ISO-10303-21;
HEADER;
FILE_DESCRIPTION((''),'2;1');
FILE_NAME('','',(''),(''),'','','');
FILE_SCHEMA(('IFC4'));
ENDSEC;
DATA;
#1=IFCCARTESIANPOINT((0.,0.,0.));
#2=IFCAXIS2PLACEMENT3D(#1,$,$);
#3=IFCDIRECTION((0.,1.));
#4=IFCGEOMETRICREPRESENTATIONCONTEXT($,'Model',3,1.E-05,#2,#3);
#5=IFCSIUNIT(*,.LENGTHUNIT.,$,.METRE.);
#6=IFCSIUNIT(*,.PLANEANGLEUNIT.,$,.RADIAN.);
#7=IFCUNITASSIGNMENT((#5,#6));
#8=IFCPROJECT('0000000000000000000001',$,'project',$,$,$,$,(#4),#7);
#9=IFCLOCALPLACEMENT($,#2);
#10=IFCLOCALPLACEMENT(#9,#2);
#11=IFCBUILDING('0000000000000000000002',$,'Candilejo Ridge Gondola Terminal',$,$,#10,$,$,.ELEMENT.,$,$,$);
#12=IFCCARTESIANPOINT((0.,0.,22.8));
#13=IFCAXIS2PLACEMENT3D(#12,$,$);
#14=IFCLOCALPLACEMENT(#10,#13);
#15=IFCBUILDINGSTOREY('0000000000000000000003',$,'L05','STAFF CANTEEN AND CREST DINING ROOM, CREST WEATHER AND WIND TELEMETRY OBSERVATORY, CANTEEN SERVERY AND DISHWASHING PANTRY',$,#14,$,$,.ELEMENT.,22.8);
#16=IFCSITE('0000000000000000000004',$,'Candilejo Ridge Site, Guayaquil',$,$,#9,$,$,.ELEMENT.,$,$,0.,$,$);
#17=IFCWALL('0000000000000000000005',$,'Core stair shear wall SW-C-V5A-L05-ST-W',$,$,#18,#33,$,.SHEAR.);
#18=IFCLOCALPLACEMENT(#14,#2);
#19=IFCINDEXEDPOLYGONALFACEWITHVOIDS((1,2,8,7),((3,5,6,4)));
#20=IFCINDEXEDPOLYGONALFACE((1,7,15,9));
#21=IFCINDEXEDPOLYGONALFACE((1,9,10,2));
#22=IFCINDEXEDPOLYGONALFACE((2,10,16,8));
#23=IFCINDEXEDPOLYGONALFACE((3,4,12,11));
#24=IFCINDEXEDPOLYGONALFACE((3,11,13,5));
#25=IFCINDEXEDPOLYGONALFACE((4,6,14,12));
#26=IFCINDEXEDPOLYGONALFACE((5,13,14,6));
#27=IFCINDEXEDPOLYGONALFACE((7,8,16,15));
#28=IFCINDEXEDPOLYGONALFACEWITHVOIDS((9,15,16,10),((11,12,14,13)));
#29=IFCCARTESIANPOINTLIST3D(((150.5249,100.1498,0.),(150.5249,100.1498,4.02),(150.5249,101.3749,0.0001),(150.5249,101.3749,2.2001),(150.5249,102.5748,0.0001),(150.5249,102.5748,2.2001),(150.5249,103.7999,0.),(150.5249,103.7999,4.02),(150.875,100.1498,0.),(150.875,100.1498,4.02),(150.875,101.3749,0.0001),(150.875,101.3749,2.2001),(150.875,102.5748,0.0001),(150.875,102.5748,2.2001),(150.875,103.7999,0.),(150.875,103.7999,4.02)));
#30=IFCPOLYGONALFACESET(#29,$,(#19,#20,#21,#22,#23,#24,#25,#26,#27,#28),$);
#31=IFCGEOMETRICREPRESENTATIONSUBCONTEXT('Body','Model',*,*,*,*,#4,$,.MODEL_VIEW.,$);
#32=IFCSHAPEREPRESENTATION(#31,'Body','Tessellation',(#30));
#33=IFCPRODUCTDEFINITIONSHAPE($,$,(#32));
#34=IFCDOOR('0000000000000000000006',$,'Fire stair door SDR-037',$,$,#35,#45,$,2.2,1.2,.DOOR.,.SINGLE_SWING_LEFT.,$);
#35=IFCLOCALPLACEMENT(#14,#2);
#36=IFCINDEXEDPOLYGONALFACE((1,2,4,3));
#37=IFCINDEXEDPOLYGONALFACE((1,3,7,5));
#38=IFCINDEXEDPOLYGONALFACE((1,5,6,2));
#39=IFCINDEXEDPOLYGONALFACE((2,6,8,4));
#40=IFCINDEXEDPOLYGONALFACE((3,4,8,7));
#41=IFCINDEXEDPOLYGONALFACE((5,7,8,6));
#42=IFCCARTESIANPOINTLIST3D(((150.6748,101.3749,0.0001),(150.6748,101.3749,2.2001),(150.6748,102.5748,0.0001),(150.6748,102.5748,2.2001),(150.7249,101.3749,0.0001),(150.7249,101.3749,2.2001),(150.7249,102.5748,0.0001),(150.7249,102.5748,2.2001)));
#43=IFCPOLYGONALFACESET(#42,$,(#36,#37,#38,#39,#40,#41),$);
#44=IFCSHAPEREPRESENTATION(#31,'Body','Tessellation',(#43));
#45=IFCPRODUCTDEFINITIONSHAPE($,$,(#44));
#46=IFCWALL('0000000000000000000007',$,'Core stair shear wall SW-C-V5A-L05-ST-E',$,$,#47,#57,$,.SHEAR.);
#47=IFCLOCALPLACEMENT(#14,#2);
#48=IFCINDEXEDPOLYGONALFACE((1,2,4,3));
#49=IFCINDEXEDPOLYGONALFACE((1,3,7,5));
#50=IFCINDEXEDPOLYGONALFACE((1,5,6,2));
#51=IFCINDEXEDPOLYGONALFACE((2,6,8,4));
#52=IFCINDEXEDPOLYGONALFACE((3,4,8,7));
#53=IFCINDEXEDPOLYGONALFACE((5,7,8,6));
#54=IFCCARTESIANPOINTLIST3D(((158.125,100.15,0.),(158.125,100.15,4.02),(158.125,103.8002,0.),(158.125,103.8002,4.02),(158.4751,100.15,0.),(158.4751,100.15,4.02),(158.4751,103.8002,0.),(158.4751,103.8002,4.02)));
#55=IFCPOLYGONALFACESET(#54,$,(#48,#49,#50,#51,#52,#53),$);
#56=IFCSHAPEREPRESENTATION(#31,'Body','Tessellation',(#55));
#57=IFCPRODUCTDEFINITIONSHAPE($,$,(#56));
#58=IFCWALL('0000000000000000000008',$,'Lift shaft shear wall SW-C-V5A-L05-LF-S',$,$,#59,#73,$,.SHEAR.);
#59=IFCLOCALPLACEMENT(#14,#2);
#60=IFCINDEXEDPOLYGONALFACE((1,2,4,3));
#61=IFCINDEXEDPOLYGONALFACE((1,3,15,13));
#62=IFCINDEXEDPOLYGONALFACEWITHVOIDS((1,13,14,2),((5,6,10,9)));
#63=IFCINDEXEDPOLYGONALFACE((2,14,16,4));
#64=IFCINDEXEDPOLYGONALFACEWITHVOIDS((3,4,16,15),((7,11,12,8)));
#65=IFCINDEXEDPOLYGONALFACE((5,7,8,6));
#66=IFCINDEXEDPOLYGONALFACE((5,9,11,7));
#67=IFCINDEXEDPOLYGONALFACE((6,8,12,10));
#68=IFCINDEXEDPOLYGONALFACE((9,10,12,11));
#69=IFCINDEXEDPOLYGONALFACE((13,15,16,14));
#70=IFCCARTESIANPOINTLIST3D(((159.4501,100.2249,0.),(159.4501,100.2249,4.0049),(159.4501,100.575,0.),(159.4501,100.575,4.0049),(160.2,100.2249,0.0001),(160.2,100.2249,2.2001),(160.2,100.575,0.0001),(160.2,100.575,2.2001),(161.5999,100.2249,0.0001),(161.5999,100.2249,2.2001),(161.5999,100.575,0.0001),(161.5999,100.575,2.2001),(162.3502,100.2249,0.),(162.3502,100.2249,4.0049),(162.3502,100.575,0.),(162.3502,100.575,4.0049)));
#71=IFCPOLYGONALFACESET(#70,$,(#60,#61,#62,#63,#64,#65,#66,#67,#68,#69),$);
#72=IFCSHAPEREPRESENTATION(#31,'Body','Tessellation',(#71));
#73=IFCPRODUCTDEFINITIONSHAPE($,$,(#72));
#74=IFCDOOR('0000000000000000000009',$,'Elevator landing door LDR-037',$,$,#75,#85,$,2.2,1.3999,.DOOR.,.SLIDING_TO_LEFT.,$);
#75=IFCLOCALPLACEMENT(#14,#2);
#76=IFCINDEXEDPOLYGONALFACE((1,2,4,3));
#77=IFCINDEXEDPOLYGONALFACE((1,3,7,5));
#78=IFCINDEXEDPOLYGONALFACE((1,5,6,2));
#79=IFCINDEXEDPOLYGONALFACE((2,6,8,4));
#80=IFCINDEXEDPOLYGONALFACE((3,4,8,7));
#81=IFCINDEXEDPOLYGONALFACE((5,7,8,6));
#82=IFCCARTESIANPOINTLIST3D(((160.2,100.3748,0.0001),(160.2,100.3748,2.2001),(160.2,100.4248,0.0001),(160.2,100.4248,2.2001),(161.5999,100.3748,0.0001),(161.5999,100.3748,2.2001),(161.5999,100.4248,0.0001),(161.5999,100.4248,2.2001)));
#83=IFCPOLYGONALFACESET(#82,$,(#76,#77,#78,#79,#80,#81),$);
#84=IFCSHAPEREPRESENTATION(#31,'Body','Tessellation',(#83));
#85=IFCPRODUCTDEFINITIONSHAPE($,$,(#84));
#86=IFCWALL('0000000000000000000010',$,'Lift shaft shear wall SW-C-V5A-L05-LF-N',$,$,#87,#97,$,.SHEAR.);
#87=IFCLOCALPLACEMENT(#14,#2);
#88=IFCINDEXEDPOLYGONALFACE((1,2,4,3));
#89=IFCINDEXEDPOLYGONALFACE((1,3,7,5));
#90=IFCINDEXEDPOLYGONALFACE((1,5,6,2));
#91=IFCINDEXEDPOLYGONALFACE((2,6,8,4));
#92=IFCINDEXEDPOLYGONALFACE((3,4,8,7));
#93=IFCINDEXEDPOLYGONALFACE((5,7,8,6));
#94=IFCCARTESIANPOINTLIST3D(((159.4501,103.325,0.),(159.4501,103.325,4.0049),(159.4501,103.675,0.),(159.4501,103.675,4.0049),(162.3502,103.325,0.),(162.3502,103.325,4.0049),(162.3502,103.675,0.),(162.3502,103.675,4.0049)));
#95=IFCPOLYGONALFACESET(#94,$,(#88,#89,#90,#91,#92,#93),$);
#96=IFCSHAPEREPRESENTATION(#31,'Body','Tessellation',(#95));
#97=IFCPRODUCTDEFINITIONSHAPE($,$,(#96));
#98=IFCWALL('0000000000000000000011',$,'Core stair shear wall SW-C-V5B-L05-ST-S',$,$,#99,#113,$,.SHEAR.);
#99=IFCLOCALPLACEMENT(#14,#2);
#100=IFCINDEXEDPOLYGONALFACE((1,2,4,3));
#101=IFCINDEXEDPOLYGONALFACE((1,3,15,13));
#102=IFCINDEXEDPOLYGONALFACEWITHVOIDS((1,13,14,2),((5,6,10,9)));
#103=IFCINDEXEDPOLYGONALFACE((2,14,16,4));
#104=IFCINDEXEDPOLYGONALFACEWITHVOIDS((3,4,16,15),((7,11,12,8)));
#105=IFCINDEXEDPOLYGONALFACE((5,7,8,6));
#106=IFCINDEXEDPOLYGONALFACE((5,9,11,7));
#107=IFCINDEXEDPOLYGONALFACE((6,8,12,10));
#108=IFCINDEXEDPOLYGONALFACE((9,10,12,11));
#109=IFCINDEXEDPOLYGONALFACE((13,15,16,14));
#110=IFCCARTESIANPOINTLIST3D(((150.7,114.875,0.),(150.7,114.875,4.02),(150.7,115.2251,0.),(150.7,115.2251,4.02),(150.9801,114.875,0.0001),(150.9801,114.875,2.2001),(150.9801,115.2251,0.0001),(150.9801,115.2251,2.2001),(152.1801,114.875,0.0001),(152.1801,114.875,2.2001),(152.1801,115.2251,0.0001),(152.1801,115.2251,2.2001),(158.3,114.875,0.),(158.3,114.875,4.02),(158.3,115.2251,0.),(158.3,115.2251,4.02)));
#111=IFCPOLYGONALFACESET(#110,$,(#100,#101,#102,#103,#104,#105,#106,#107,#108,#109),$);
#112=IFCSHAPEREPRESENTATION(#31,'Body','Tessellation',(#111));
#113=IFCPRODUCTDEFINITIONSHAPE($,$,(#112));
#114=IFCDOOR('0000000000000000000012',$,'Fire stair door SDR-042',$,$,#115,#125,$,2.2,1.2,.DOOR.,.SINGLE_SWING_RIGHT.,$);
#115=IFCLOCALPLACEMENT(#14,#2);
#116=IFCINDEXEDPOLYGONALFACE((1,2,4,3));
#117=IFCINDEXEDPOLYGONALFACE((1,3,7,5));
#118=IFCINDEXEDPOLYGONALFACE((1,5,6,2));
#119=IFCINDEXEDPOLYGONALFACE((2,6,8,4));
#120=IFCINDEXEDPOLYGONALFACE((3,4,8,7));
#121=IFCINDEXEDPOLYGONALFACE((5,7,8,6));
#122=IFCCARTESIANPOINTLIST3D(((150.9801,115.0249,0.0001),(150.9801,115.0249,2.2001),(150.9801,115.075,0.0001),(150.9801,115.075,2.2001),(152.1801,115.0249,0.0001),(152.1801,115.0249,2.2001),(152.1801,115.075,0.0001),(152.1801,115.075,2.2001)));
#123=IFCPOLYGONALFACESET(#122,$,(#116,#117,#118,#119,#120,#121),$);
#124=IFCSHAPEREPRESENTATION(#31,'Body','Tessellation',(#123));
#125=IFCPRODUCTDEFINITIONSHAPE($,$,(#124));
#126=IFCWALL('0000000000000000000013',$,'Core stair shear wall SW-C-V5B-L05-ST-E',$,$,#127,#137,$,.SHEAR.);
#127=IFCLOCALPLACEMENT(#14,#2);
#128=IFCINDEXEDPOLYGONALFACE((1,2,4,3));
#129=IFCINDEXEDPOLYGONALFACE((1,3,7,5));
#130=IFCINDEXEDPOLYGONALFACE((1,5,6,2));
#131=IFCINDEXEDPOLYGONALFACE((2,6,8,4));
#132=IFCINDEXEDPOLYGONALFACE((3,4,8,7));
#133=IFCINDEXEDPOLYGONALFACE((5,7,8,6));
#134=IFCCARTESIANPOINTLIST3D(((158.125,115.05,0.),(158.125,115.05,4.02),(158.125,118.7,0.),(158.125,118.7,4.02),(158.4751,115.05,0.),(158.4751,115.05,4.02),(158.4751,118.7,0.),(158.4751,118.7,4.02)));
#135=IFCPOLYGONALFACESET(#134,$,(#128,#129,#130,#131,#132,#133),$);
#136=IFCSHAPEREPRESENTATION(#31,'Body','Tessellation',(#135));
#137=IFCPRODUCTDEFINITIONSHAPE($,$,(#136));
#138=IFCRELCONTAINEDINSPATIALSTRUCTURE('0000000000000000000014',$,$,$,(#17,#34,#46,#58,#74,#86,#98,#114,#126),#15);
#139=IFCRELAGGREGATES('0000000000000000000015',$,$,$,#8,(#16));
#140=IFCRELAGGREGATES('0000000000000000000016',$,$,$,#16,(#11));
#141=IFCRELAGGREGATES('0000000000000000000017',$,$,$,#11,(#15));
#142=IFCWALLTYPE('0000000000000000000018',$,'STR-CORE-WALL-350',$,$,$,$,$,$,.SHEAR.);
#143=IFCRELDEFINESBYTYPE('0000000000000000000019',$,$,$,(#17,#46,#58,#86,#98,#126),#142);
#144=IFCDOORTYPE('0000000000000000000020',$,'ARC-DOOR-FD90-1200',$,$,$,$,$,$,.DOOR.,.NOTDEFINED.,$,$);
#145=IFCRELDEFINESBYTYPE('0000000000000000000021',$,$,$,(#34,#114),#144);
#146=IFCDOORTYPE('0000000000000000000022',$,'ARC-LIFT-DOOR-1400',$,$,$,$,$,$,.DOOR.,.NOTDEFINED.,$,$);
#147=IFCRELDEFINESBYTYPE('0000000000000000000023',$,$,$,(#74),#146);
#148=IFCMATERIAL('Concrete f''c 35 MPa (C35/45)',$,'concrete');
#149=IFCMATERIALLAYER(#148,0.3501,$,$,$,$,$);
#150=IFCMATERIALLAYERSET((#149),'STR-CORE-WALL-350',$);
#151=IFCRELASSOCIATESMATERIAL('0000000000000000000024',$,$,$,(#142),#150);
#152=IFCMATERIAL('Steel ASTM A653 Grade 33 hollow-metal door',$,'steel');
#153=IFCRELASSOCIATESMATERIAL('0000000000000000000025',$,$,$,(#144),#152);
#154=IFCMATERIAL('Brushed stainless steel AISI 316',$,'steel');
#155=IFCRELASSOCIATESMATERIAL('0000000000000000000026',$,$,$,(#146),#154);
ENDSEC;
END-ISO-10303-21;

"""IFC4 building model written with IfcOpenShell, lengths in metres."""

from ifc_helpers import new_model, si_unit, direction, frame, frame_2d, origin, place, context, subcontext, project, spatial, rectangle, extrude, material, layer, layer_set, type_object, element, fill, save


model = new_model("IFC4")

# Units and contexts
model_context = context("Model", 3, precision=1e-05, world=origin(), true_north=direction((0.0, 1.0)))
body_context = subcontext(model_context, "Body", "Model", "MODEL_VIEW")
ifc_project = project(units=[si_unit("LENGTHUNIT", "METRE"), si_unit("PLANEANGLEUNIT", "RADIAN")], contexts=[model_context])

# Site, building, storey
site_placement = place(None, origin())
site = spatial("IfcSite", under=ifc_project, at=site_placement, Name="Candilejo Ridge Site, Guayaquil", CompositionType="ELEMENT", RefElevation=0.0)
building_placement = place(site_placement, origin())
building = spatial("IfcBuilding", under=site, at=building_placement, Name="Candilejo Ridge Gondola Terminal", CompositionType="ELEMENT")
storey_placement = place(building_placement, frame((0.0, 0.0, 22.8)))
storey = spatial("IfcBuildingStorey", under=building, at=storey_placement, Name="L05", Description="STAFF CANTEEN AND CREST DINING ROOM, CREST WEATHER AND WIND TELEMETRY OBSERVATORY, CANTEEN SERVERY AND DISHWASHING PANTRY", CompositionType="ELEMENT", Elevation=22.8)

# Shared definitions
ifc_material_1 = material(Name="Concrete f'c 35 MPa (C35/45)", Category="concrete")
ifc_layer_1 = layer(ifc_material_1, 0.3501)
ifc_layer_set_1 = layer_set([ifc_layer_1], Name="STR-CORE-WALL-350")
wall_type_1 = type_object("IfcWallType", Name="STR-CORE-WALL-350", PredefinedType="SHEAR", material=ifc_layer_set_1)

# Wall, opening, door
wall_1_placement = place(storey_placement, frame((150.7, 103.8, 0.0), z_axis=(0.0, 0.0, 1.0), x_axis=(0.0, -1.0, 0.0)))
wall_1 = element("IfcWall", 1, at=wall_1_placement, inside=storey, type_object=wall_type_1, Name="Core stair shear wall SW-C-V5A-L05-ST-W", PredefinedType="SHEAR", context=body_context, shape_type="SweptSolid", body=[
    extrude(rectangle(XDim=3.6501, YDim=0.3501, at=frame_2d((1.8252, 0.0))), origin(), (0.0, 0.0, 1.0), 4.02),
])
opening_1_placement = place(wall_1_placement, frame((1.2251, 0.0, 0.0)))
opening_1 = element("IfcOpeningElement", 2, at=opening_1_placement, cuts=wall_1, PredefinedType="OPENING", context=body_context, shape_type="SweptSolid", body=[
    extrude(rectangle(XDim=1.2, YDim=2.2, at=frame_2d((0.6001, 1.1001))), frame((0.0, 0.1851, 0.0), z_axis=(0.0, -1.0, 0.0), x_axis=(1.0, 0.0, 0.0)), (0.0, 0.0, 1.0), 0.3701),
])
ifc_material_2 = material(Name="Steel ASTM A653 Grade 33 hollow-metal door", Category="steel")
door_type_1 = type_object("IfcDoorType", Name="ARC-DOOR-FD90-1200", OperationType="NOTDEFINED", PredefinedType="DOOR", material=ifc_material_2)
door_1_placement = place(opening_1_placement, origin())
door_1 = element("IfcDoor", 3, at=door_1_placement, inside=storey, type_object=door_type_1, Name="Fire stair door SDR-037", OperationType="SINGLE_SWING_LEFT", OverallHeight=2.2, OverallWidth=1.2, PredefinedType="DOOR", context=body_context, shape_type="SweptSolid", body=[
    extrude(rectangle(XDim=1.2, YDim=2.2, at=frame_2d((0.6001, 1.1001))), frame((0.0, 0.0249, 0.0), z_axis=(0.0, -1.0, 0.0), x_axis=(1.0, 0.0, 0.0)), (0.0, 0.0, 1.0), 0.05),
])
fill(opening_1, door_1)

# Wall
wall_2_placement = place(storey_placement, frame((158.3, 100.1499, 0.0), z_axis=(0.0, 0.0, 1.0), x_axis=(0.0, 1.0, 0.0)))
element("IfcWall", 4, at=wall_2_placement, inside=storey, type_object=wall_type_1, Name="Core stair shear wall SW-C-V5A-L05-ST-E", PredefinedType="SHEAR", context=body_context, shape_type="SweptSolid", body=[
    extrude(rectangle(XDim=3.6501, YDim=0.3501, at=frame_2d((1.8252, 0.0))), origin(), (0.0, 0.0, 1.0), 4.02),
])

# Wall, opening, door
wall_3_placement = place(storey_placement, frame((159.45, 100.3999, 0.0), z_axis=(0.0, 0.0, 1.0), x_axis=(1.0, 0.0, 0.0)))
wall_3 = element("IfcWall", 5, at=wall_3_placement, inside=storey, type_object=wall_type_1, Name="Lift shaft shear wall SW-C-V5A-L05-LF-S", PredefinedType="SHEAR", context=body_context, shape_type="SweptSolid", body=[
    extrude(rectangle(XDim=2.9001, YDim=0.3501, at=frame_2d((1.4502, 0.0))), origin(), (0.0, 0.0, 1.0), 4.0049),
])
opening_2_placement = place(wall_3_placement, frame((0.75, 0.0, 0.0)))
opening_2 = element("IfcOpeningElement", 6, at=opening_2_placement, cuts=wall_3, PredefinedType="OPENING", context=body_context, shape_type="SweptSolid", body=[
    extrude(rectangle(XDim=1.3999, YDim=2.2, at=frame_2d((0.7, 1.1001))), frame((0.0, 0.1851, 0.0), z_axis=(0.0, -1.0, 0.0), x_axis=(1.0, 0.0, 0.0)), (0.0, 0.0, 1.0), 0.3701),
])
ifc_material_3 = material(Name="Brushed stainless steel AISI 316", Category="steel")
door_type_2 = type_object("IfcDoorType", Name="ARC-LIFT-DOOR-1400", OperationType="NOTDEFINED", PredefinedType="DOOR", material=ifc_material_3)
door_2_placement = place(opening_2_placement, origin())
door_2 = element("IfcDoor", 7, at=door_2_placement, inside=storey, type_object=door_type_2, Name="Elevator landing door LDR-037", OperationType="SLIDING_TO_LEFT", OverallHeight=2.2, OverallWidth=1.3999, PredefinedType="DOOR", context=body_context, shape_type="SweptSolid", body=[
    extrude(rectangle(XDim=1.3999, YDim=2.2, at=frame_2d((0.7, 1.1001))), frame((0.0, 0.0249, 0.0), z_axis=(0.0, -1.0, 0.0), x_axis=(1.0, 0.0, 0.0)), (0.0, 0.0, 1.0), 0.05),
])
fill(opening_2, door_2)

# Wall
wall_4_placement = place(storey_placement, frame((159.45, 103.5, 0.0), z_axis=(0.0, 0.0, 1.0), x_axis=(1.0, 0.0, 0.0)))
element("IfcWall", 8, at=wall_4_placement, inside=storey, type_object=wall_type_1, Name="Lift shaft shear wall SW-C-V5A-L05-LF-N", PredefinedType="SHEAR", context=body_context, shape_type="SweptSolid", body=[
    extrude(rectangle(XDim=2.9001, YDim=0.3501, at=frame_2d((1.4502, 0.0))), origin(), (0.0, 0.0, 1.0), 4.0049),
])

# Wall, opening, door
wall_5_placement = place(storey_placement, frame((150.7, 115.05, 0.0), z_axis=(0.0, 0.0, 1.0), x_axis=(1.0, 0.0, 0.0)))
wall_5 = element("IfcWall", 9, at=wall_5_placement, inside=storey, type_object=wall_type_1, Name="Core stair shear wall SW-C-V5B-L05-ST-S", PredefinedType="SHEAR", context=body_context, shape_type="SweptSolid", body=[
    extrude(rectangle(XDim=7.6001, YDim=0.3501, at=frame_2d((3.8, 0.0))), origin(), (0.0, 0.0, 1.0), 4.02),
])
opening_3_placement = place(wall_5_placement, frame((0.28, 0.0, 0.0)))
opening_3 = element("IfcOpeningElement", 10, at=opening_3_placement, cuts=wall_5, PredefinedType="OPENING", context=body_context, shape_type="SweptSolid", body=[
    extrude(rectangle(XDim=1.2, YDim=2.2, at=frame_2d((0.6001, 1.1001))), frame((0.0, 0.1851, 0.0), z_axis=(0.0, -1.0, 0.0), x_axis=(1.0, 0.0, 0.0)), (0.0, 0.0, 1.0), 0.3701),
])
door_3_placement = place(opening_3_placement, origin())
door_3 = element("IfcDoor", 11, at=door_3_placement, inside=storey, type_object=door_type_1, Name="Fire stair door SDR-042", OperationType="SINGLE_SWING_RIGHT", OverallHeight=2.2, OverallWidth=1.2, PredefinedType="DOOR", context=body_context, shape_type="SweptSolid", body=[
    extrude(rectangle(XDim=1.2, YDim=2.2, at=frame_2d((0.6001, 1.1001))), frame((0.0, 0.0249, 0.0), z_axis=(0.0, -1.0, 0.0), x_axis=(1.0, 0.0, 0.0)), (0.0, 0.0, 1.0), 0.05),
])
fill(opening_3, door_3)

# Wall
wall_6_placement = place(storey_placement, frame((158.3, 115.05, 0.0), z_axis=(0.0, 0.0, 1.0), x_axis=(0.0, 1.0, 0.0)))
element("IfcWall", 12, at=wall_6_placement, inside=storey, type_object=wall_type_1, Name="Core stair shear wall SW-C-V5B-L05-ST-E", PredefinedType="SHEAR", context=body_context, shape_type="SweptSolid", body=[
    extrude(rectangle(XDim=3.6499, YDim=0.3501, at=frame_2d((1.825, 0.0))), origin(), (0.0, 0.0, 1.0), 4.02),
])

save(model, "model.ifc")
